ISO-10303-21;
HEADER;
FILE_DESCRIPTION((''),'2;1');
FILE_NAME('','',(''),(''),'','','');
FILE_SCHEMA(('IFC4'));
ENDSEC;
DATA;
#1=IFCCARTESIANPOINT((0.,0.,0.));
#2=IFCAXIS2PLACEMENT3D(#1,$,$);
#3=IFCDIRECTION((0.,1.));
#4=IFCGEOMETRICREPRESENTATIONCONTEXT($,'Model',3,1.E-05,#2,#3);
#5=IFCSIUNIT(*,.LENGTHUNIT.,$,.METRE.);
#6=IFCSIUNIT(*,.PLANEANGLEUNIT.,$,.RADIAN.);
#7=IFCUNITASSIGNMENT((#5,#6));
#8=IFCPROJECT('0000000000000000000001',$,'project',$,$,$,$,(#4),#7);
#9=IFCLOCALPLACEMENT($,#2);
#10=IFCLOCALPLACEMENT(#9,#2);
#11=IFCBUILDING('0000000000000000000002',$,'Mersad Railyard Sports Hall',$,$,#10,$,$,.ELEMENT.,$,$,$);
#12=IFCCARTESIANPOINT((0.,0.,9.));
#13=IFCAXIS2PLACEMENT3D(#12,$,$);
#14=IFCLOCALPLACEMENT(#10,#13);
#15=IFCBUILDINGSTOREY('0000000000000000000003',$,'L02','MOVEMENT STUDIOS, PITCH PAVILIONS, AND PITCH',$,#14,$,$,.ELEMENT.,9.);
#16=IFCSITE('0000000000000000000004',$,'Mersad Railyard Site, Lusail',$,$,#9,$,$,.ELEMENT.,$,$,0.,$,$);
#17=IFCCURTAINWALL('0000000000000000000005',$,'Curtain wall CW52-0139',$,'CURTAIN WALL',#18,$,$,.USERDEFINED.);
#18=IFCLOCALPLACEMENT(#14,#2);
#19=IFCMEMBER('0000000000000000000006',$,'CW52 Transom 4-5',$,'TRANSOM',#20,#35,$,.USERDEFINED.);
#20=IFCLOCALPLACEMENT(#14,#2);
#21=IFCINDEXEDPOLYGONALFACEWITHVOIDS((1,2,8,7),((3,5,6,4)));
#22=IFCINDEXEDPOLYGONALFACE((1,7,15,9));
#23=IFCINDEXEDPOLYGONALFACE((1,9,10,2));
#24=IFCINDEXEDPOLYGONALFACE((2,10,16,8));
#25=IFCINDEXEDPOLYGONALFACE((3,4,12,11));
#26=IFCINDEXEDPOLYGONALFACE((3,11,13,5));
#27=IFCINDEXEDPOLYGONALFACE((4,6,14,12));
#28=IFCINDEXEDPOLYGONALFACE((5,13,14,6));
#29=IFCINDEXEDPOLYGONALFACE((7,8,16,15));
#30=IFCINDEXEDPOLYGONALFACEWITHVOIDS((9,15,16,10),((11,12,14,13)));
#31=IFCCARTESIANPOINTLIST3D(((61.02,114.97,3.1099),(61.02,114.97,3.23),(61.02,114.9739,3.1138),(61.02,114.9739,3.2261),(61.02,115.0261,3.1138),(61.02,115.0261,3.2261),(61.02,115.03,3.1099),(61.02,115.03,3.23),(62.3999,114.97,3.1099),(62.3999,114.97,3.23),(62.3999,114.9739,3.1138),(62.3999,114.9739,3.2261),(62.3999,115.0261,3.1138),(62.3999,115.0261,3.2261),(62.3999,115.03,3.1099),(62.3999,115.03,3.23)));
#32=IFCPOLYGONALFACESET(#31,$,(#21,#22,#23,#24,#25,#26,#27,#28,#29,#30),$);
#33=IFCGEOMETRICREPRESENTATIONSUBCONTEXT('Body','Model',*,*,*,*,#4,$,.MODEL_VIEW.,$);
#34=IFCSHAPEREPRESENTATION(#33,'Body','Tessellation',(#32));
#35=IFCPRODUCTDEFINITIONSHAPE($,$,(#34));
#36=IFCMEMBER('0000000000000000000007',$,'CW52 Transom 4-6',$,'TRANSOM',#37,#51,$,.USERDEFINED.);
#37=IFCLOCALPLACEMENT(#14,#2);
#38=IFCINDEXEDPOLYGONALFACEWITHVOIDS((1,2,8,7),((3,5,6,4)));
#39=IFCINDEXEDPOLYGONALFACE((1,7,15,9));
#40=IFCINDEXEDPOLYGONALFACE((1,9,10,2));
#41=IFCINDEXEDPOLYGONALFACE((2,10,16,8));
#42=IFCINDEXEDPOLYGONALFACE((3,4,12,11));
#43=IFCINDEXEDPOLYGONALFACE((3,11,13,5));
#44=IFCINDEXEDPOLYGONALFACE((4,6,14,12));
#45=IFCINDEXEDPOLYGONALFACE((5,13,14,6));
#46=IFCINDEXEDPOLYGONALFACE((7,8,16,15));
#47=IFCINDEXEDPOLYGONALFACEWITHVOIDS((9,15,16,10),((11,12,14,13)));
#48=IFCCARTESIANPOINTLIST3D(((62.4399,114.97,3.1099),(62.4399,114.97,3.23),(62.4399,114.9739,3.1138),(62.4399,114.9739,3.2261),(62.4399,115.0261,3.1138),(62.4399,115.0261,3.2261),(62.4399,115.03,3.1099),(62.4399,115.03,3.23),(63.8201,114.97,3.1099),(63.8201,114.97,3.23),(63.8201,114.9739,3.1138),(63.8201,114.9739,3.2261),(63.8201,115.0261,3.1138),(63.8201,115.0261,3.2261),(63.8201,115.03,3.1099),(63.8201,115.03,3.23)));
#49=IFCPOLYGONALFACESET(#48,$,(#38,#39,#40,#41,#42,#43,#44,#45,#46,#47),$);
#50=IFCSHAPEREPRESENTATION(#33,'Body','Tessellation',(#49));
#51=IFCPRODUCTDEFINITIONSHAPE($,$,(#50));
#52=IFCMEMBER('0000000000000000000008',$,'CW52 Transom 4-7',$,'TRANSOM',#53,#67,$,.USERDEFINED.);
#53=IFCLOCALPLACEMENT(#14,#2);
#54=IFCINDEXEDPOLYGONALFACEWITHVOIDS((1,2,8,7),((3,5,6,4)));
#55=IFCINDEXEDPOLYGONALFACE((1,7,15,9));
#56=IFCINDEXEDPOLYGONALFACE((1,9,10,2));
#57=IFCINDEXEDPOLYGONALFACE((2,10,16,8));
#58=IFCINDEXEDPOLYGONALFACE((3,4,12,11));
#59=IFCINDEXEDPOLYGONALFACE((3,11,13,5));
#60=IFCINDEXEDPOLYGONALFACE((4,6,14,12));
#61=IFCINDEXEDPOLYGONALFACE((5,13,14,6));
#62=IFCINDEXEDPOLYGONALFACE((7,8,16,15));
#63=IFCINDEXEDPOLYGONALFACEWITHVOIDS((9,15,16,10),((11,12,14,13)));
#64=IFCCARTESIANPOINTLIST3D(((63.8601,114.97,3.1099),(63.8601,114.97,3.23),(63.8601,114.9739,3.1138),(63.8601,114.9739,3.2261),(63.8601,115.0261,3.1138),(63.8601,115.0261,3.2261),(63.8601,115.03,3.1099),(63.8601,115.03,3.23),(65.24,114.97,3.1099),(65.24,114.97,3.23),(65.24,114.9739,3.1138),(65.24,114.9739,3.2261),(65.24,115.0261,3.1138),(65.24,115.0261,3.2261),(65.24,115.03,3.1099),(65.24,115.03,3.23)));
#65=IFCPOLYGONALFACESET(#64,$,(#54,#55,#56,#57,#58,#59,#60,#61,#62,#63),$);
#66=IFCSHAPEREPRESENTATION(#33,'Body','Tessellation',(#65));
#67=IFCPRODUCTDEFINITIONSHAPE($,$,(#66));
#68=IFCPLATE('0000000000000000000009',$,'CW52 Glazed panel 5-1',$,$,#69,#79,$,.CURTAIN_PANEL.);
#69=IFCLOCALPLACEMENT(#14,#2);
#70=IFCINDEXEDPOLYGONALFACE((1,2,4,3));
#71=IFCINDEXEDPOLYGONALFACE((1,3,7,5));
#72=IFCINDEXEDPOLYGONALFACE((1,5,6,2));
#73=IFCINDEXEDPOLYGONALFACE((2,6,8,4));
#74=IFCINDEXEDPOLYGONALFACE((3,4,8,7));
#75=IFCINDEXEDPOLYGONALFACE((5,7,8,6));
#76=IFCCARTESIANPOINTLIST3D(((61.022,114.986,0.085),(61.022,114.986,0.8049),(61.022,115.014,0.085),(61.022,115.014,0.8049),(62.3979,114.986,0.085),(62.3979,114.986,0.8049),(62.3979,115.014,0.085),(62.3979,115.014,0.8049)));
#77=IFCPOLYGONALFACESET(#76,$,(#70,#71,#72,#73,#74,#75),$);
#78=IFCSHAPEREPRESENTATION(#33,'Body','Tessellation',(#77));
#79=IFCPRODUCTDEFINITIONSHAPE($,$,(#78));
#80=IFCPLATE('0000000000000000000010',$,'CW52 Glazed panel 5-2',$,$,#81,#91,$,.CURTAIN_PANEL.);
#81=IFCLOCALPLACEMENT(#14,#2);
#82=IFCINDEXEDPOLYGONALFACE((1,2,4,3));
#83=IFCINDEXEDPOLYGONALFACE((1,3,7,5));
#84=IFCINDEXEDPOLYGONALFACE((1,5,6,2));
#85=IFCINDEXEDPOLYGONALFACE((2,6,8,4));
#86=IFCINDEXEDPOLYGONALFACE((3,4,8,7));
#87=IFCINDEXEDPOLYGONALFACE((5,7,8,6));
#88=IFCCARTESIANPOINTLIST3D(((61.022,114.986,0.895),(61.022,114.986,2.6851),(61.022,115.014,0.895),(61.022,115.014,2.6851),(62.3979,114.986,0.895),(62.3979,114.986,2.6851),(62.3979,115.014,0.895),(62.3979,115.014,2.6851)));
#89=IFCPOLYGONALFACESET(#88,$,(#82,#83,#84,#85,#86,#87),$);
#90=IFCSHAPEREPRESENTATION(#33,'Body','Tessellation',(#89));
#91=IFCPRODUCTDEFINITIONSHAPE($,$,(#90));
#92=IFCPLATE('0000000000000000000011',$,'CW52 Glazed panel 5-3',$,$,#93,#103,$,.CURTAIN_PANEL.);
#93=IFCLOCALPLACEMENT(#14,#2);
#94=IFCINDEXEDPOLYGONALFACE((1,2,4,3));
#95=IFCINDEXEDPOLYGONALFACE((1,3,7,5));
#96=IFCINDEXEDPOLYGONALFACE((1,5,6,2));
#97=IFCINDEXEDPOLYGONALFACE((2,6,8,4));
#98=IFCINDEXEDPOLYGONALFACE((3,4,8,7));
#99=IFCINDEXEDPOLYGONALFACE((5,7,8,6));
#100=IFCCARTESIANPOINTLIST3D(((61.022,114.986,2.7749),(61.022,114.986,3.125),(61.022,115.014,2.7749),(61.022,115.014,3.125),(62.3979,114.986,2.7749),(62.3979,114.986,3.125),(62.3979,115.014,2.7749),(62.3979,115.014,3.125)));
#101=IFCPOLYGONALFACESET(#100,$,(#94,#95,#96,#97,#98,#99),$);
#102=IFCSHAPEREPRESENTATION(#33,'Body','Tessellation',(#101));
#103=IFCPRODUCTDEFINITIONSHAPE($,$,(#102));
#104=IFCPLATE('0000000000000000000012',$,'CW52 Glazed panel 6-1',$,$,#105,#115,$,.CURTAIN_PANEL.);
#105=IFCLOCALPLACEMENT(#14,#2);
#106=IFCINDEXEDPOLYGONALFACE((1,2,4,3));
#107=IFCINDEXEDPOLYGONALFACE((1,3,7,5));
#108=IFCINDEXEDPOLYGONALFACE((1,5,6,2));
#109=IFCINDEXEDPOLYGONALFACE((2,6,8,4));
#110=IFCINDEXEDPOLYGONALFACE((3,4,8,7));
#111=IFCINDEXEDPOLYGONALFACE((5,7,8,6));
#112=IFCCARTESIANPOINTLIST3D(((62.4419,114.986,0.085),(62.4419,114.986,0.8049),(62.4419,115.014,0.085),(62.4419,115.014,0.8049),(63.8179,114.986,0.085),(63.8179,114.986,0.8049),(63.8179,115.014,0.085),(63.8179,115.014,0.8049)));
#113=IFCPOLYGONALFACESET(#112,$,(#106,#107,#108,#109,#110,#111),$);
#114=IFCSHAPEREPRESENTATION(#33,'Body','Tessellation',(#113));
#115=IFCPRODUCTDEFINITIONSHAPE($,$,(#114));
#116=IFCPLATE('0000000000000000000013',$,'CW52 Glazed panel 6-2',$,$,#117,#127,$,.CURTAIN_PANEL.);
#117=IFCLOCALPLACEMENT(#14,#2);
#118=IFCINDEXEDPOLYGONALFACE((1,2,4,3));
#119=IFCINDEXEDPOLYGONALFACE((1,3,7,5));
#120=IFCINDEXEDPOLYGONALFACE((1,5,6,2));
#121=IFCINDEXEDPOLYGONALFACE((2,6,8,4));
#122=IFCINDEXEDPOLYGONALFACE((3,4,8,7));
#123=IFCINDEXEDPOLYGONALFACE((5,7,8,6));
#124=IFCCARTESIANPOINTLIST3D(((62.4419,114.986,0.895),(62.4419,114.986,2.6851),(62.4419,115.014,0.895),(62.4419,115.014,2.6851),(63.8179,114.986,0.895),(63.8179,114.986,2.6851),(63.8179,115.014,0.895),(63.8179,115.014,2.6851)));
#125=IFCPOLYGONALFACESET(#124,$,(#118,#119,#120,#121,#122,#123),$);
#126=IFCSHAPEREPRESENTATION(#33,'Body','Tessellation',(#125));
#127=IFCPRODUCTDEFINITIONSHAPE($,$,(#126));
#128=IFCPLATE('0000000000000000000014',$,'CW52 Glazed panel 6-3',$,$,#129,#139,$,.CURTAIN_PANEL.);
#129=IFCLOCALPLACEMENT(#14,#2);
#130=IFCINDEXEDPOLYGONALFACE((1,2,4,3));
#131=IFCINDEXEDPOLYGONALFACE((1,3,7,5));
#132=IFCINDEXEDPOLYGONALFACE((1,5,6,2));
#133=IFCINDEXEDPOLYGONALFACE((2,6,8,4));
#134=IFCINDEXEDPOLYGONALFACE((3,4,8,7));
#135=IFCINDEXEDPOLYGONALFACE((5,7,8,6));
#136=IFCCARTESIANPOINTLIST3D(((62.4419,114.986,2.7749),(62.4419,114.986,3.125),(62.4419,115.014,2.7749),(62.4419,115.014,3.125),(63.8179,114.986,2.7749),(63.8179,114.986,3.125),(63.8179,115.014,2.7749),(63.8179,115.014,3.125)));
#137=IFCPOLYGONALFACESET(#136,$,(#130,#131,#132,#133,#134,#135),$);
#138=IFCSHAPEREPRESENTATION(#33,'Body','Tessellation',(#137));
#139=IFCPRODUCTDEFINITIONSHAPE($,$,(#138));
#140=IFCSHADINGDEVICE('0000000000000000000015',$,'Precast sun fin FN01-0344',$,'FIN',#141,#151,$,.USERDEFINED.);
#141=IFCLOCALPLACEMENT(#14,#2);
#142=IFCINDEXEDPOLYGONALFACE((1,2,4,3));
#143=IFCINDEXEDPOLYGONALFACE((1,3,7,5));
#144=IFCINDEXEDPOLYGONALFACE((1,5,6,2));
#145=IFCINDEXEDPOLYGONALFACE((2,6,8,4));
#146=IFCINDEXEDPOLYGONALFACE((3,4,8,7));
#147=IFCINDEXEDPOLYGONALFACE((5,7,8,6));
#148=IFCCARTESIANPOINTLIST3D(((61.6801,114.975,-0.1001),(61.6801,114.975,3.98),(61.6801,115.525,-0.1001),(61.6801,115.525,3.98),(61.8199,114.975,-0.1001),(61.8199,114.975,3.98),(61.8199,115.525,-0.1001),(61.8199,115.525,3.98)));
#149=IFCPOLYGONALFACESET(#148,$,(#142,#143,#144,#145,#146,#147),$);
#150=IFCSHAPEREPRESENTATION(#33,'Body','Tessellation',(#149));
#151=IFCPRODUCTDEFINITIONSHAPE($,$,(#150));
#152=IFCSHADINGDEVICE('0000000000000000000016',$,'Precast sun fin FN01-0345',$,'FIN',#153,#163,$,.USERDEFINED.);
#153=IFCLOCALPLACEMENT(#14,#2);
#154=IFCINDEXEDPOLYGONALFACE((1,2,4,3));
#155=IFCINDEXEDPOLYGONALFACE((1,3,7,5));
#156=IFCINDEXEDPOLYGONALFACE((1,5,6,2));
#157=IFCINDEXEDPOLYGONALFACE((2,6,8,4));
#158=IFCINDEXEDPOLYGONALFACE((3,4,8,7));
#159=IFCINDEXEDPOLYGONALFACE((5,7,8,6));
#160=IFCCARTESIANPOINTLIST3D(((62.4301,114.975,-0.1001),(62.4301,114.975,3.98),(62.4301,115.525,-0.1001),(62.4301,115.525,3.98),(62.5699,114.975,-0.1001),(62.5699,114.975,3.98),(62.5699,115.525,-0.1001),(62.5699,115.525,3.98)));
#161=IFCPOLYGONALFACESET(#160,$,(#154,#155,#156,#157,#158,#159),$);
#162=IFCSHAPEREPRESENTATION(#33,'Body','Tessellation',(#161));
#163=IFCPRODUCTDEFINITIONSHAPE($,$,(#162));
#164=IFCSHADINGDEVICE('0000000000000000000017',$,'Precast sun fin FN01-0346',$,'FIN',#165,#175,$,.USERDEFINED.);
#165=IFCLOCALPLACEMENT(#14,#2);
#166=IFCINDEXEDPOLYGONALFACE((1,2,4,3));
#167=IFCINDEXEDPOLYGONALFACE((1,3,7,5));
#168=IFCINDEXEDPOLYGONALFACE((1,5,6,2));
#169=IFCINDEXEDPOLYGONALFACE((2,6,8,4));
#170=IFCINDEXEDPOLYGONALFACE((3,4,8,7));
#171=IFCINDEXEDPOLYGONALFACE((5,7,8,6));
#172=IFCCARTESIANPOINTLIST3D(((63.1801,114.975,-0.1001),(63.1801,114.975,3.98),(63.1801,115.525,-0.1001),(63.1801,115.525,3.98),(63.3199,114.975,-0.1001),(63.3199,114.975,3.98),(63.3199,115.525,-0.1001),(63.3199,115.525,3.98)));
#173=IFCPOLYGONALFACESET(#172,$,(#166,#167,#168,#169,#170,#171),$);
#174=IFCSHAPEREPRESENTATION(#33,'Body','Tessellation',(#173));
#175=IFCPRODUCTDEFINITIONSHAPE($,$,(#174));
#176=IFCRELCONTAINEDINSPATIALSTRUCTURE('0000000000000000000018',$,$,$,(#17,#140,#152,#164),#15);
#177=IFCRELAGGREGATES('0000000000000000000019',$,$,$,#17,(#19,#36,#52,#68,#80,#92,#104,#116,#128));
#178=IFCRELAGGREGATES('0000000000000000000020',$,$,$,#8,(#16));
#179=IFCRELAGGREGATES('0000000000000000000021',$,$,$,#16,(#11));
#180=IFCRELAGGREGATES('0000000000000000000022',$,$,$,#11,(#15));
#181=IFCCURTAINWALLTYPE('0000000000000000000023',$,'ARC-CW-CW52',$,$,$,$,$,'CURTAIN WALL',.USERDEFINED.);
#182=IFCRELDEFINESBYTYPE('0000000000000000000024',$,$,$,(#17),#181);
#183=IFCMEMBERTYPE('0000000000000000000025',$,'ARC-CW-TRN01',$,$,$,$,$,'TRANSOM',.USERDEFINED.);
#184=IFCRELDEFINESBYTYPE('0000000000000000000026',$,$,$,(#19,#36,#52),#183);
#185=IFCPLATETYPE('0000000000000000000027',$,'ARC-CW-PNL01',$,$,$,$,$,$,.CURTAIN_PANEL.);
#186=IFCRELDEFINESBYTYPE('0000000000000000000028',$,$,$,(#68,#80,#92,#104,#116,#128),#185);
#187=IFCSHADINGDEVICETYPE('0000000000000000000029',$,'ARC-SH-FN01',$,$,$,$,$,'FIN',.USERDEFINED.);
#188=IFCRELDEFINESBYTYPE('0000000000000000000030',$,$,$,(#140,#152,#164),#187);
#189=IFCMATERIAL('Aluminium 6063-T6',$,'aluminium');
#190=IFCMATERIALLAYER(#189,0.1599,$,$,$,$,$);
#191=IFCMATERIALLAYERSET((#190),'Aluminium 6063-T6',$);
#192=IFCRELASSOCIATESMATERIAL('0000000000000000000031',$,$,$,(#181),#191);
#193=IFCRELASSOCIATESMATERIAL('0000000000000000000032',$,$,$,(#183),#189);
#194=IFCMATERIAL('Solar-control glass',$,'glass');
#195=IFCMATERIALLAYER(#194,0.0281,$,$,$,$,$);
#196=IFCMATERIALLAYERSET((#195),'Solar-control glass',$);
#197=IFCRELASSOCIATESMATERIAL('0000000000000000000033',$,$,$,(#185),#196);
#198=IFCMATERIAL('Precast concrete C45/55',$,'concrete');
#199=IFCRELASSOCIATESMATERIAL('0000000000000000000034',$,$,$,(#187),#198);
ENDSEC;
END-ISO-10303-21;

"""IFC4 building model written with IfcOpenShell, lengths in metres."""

from ifc_helpers import new_model, si_unit, direction, frame, origin, origin_2d, place, context, subcontext, project, spatial, rectangle, hollow_rectangle, extrude, material, layer, layer_set, material_profile, profile_set, type_object, element, aggregate, save


model = new_model("IFC4")

# Units and contexts
model_context = context("Model", 3, precision=1e-05, world=origin(), true_north=direction((0.0, 1.0)))
body_context = subcontext(model_context, "Body", "Model", "MODEL_VIEW")
ifc_project = project(units=[si_unit("LENGTHUNIT", "METRE"), si_unit("PLANEANGLEUNIT", "RADIAN")], contexts=[model_context])

# Site, building, storey
site_placement = place(None, origin())
site = spatial("IfcSite", under=ifc_project, at=site_placement, Name="Mersad Railyard Site, Lusail", CompositionType="ELEMENT", RefElevation=0.0)
building_placement = place(site_placement, origin())
building = spatial("IfcBuilding", under=site, at=building_placement, Name="Mersad Railyard Sports Hall", CompositionType="ELEMENT")
storey_placement = place(building_placement, frame((0.0, 0.0, 9.0)))
storey = spatial("IfcBuildingStorey", under=building, at=storey_placement, Name="L02", Description="MOVEMENT STUDIOS, PITCH PAVILIONS, AND PITCH", CompositionType="ELEMENT", Elevation=9.0)

# Curtain wall, members, plates
ifc_material_1 = material(Name="Aluminium 6063-T6", Category="aluminium")
ifc_layer_1 = layer(ifc_material_1, 0.1599)
ifc_layer_set_1 = layer_set([ifc_layer_1], Name="Aluminium 6063-T6")
curtain_wall_type = type_object("IfcCurtainWallType", Name="ARC-CW-CW52", ElementType="CURTAIN WALL", PredefinedType="USERDEFINED", material=ifc_layer_set_1)
curtain_wall_placement = place(storey_placement, origin())
curtain_wall = element("IfcCurtainWall", 1, at=curtain_wall_placement, inside=storey, type_object=curtain_wall_type, Name="Curtain wall CW52-0139", ObjectType="CURTAIN WALL", PredefinedType="USERDEFINED")
ifc_material_profile_1 = material_profile(ifc_material_1, hollow_rectangle(XDim=0.0601, YDim=0.1201, WallThickness=0.0039, at=origin_2d()), Name="AL TRANSOM 60x120x4")
ifc_profile_set_1 = profile_set([ifc_material_profile_1], Name="Aluminium 6063-T6")
member_type_1 = type_object("IfcMemberType", Name="ARC-CW-TRN01", ElementType="TRANSOM", PredefinedType="USERDEFINED", material=ifc_profile_set_1)
member_1_placement = place(storey_placement, frame((61.02, 115.0, 3.1699), z_axis=(1.0, 0.0, 0.0), x_axis=(0.0, 1.0, 0.0)))
member_1 = element("IfcMember", 2, at=member_1_placement, type_object=member_type_1, Name="CW52 Transom 4-5", ObjectType="TRANSOM", PredefinedType="USERDEFINED", context=body_context, shape_type="SweptSolid", body=[
    extrude(hollow_rectangle(XDim=0.0601, YDim=0.1201, WallThickness=0.0039, at=origin_2d()), origin(), (0.0, 0.0, 1.0), 1.3799),
])
member_2_placement = place(storey_placement, frame((62.4399, 115.0, 3.1699), z_axis=(1.0, 0.0, 0.0), x_axis=(0.0, 1.0, 0.0)))
member_2 = element("IfcMember", 3, at=member_2_placement, type_object=member_type_1, Name="CW52 Transom 4-6", ObjectType="TRANSOM", PredefinedType="USERDEFINED", context=body_context, shape_type="SweptSolid", body=[
    extrude(hollow_rectangle(XDim=0.0601, YDim=0.1201, WallThickness=0.0039, at=origin_2d()), origin(), (0.0, 0.0, 1.0), 1.3801),
])
member_3_placement = place(storey_placement, frame((63.8601, 115.0, 3.1699), z_axis=(1.0, 0.0, 0.0), x_axis=(0.0, 1.0, 0.0)))
member_3 = element("IfcMember", 4, at=member_3_placement, type_object=member_type_1, Name="CW52 Transom 4-7", ObjectType="TRANSOM", PredefinedType="USERDEFINED", context=body_context, shape_type="SweptSolid", body=[
    extrude(hollow_rectangle(XDim=0.0601, YDim=0.1201, WallThickness=0.0039, at=origin_2d()), origin(), (0.0, 0.0, 1.0), 1.3799),
])
ifc_material_2 = material(Name="Solar-control glass", Category="glass")
ifc_layer_2 = layer(ifc_material_2, 0.0281)
ifc_layer_set_2 = layer_set([ifc_layer_2], Name="Solar-control glass")
plate_type = type_object("IfcPlateType", Name="ARC-CW-PNL01", PredefinedType="CURTAIN_PANEL", material=ifc_layer_set_2)
plate_1_placement = place(storey_placement, frame((61.71, 115.0, 0.085), z_axis=(0.0, 0.0, 1.0), x_axis=(1.0, 0.0, 0.0)))
plate_1 = element("IfcPlate", 5, at=plate_1_placement, type_object=plate_type, Name="CW52 Glazed panel 5-1", PredefinedType="CURTAIN_PANEL", context=body_context, shape_type="SweptSolid", body=[
    extrude(rectangle(XDim=1.376, YDim=0.0281, at=origin_2d()), origin(), (0.0, 0.0, 1.0), 0.72),
])
plate_2_placement = place(storey_placement, frame((61.71, 115.0, 0.895), z_axis=(0.0, 0.0, 1.0), x_axis=(1.0, 0.0, 0.0)))
plate_2 = element("IfcPlate", 6, at=plate_2_placement, type_object=plate_type, Name="CW52 Glazed panel 5-2", PredefinedType="CURTAIN_PANEL", context=body_context, shape_type="SweptSolid", body=[
    extrude(rectangle(XDim=1.376, YDim=0.0281, at=origin_2d()), origin(), (0.0, 0.0, 1.0), 1.79),
])
plate_3_placement = place(storey_placement, frame((61.71, 115.0, 2.7749), z_axis=(0.0, 0.0, 1.0), x_axis=(1.0, 0.0, 0.0)))
plate_3 = element("IfcPlate", 7, at=plate_3_placement, type_object=plate_type, Name="CW52 Glazed panel 5-3", PredefinedType="CURTAIN_PANEL", context=body_context, shape_type="SweptSolid", body=[
    extrude(rectangle(XDim=1.376, YDim=0.0281, at=origin_2d()), origin(), (0.0, 0.0, 1.0), 0.3501),
])
plate_4_placement = place(storey_placement, frame((63.1299, 115.0, 0.085), z_axis=(0.0, 0.0, 1.0), x_axis=(1.0, 0.0, 0.0)))
plate_4 = element("IfcPlate", 8, at=plate_4_placement, type_object=plate_type, Name="CW52 Glazed panel 6-1", PredefinedType="CURTAIN_PANEL", context=body_context, shape_type="SweptSolid", body=[
    extrude(rectangle(XDim=1.376, YDim=0.0281, at=origin_2d()), origin(), (0.0, 0.0, 1.0), 0.72),
])
plate_5_placement = place(storey_placement, frame((63.1299, 115.0, 0.895), z_axis=(0.0, 0.0, 1.0), x_axis=(1.0, 0.0, 0.0)))
plate_5 = element("IfcPlate", 9, at=plate_5_placement, type_object=plate_type, Name="CW52 Glazed panel 6-2", PredefinedType="CURTAIN_PANEL", context=body_context, shape_type="SweptSolid", body=[
    extrude(rectangle(XDim=1.376, YDim=0.0281, at=origin_2d()), origin(), (0.0, 0.0, 1.0), 1.79),
])
plate_6_placement = place(storey_placement, frame((63.1299, 115.0, 2.7749), z_axis=(0.0, 0.0, 1.0), x_axis=(1.0, 0.0, 0.0)))
plate_6 = element("IfcPlate", 10, at=plate_6_placement, type_object=plate_type, Name="CW52 Glazed panel 6-3", PredefinedType="CURTAIN_PANEL", context=body_context, shape_type="SweptSolid", body=[
    extrude(rectangle(XDim=1.376, YDim=0.0281, at=origin_2d()), origin(), (0.0, 0.0, 1.0), 0.3501),
])
aggregate(curtain_wall, [member_1, member_2, member_3, plate_1, plate_2, plate_3, plate_4, plate_5, plate_6])

# Shading devices
ifc_material_3 = material(Name="Precast concrete C45/55", Category="concrete")
shading_device_type = type_object("IfcShadingDeviceType", Name="ARC-SH-FN01", ElementType="FIN", PredefinedType="USERDEFINED", material=ifc_material_3)
for number, where, z_axis, x_axis, name in (
    (11, (61.75, 115.25, -0.1001), (0.0, 0.0, 1.0), (1.0, 0.0, 0.0), "Precast sun fin FN01-0344"),
    (12, (62.5, 115.25, -0.1001), (0.0, 0.0, 1.0), (1.0, 0.0, 0.0), "Precast sun fin FN01-0345"),
    (13, (63.25, 115.25, -0.1001), (0.0, 0.0, 1.0), (1.0, 0.0, 0.0), "Precast sun fin FN01-0346"),
):
    element("IfcShadingDevice", number, at=place(storey_placement, frame(where, z_axis=z_axis, x_axis=x_axis)), inside=storey, type_object=shading_device_type, Name=name, ObjectType="FIN", PredefinedType="USERDEFINED", context=body_context, shape_type="SweptSolid", body=[
        extrude(rectangle(XDim=0.1399, YDim=0.55, at=origin_2d()), origin(), (0.0, 0.0, 1.0), 4.0801),
    ])

save(model, "model.ifc")
